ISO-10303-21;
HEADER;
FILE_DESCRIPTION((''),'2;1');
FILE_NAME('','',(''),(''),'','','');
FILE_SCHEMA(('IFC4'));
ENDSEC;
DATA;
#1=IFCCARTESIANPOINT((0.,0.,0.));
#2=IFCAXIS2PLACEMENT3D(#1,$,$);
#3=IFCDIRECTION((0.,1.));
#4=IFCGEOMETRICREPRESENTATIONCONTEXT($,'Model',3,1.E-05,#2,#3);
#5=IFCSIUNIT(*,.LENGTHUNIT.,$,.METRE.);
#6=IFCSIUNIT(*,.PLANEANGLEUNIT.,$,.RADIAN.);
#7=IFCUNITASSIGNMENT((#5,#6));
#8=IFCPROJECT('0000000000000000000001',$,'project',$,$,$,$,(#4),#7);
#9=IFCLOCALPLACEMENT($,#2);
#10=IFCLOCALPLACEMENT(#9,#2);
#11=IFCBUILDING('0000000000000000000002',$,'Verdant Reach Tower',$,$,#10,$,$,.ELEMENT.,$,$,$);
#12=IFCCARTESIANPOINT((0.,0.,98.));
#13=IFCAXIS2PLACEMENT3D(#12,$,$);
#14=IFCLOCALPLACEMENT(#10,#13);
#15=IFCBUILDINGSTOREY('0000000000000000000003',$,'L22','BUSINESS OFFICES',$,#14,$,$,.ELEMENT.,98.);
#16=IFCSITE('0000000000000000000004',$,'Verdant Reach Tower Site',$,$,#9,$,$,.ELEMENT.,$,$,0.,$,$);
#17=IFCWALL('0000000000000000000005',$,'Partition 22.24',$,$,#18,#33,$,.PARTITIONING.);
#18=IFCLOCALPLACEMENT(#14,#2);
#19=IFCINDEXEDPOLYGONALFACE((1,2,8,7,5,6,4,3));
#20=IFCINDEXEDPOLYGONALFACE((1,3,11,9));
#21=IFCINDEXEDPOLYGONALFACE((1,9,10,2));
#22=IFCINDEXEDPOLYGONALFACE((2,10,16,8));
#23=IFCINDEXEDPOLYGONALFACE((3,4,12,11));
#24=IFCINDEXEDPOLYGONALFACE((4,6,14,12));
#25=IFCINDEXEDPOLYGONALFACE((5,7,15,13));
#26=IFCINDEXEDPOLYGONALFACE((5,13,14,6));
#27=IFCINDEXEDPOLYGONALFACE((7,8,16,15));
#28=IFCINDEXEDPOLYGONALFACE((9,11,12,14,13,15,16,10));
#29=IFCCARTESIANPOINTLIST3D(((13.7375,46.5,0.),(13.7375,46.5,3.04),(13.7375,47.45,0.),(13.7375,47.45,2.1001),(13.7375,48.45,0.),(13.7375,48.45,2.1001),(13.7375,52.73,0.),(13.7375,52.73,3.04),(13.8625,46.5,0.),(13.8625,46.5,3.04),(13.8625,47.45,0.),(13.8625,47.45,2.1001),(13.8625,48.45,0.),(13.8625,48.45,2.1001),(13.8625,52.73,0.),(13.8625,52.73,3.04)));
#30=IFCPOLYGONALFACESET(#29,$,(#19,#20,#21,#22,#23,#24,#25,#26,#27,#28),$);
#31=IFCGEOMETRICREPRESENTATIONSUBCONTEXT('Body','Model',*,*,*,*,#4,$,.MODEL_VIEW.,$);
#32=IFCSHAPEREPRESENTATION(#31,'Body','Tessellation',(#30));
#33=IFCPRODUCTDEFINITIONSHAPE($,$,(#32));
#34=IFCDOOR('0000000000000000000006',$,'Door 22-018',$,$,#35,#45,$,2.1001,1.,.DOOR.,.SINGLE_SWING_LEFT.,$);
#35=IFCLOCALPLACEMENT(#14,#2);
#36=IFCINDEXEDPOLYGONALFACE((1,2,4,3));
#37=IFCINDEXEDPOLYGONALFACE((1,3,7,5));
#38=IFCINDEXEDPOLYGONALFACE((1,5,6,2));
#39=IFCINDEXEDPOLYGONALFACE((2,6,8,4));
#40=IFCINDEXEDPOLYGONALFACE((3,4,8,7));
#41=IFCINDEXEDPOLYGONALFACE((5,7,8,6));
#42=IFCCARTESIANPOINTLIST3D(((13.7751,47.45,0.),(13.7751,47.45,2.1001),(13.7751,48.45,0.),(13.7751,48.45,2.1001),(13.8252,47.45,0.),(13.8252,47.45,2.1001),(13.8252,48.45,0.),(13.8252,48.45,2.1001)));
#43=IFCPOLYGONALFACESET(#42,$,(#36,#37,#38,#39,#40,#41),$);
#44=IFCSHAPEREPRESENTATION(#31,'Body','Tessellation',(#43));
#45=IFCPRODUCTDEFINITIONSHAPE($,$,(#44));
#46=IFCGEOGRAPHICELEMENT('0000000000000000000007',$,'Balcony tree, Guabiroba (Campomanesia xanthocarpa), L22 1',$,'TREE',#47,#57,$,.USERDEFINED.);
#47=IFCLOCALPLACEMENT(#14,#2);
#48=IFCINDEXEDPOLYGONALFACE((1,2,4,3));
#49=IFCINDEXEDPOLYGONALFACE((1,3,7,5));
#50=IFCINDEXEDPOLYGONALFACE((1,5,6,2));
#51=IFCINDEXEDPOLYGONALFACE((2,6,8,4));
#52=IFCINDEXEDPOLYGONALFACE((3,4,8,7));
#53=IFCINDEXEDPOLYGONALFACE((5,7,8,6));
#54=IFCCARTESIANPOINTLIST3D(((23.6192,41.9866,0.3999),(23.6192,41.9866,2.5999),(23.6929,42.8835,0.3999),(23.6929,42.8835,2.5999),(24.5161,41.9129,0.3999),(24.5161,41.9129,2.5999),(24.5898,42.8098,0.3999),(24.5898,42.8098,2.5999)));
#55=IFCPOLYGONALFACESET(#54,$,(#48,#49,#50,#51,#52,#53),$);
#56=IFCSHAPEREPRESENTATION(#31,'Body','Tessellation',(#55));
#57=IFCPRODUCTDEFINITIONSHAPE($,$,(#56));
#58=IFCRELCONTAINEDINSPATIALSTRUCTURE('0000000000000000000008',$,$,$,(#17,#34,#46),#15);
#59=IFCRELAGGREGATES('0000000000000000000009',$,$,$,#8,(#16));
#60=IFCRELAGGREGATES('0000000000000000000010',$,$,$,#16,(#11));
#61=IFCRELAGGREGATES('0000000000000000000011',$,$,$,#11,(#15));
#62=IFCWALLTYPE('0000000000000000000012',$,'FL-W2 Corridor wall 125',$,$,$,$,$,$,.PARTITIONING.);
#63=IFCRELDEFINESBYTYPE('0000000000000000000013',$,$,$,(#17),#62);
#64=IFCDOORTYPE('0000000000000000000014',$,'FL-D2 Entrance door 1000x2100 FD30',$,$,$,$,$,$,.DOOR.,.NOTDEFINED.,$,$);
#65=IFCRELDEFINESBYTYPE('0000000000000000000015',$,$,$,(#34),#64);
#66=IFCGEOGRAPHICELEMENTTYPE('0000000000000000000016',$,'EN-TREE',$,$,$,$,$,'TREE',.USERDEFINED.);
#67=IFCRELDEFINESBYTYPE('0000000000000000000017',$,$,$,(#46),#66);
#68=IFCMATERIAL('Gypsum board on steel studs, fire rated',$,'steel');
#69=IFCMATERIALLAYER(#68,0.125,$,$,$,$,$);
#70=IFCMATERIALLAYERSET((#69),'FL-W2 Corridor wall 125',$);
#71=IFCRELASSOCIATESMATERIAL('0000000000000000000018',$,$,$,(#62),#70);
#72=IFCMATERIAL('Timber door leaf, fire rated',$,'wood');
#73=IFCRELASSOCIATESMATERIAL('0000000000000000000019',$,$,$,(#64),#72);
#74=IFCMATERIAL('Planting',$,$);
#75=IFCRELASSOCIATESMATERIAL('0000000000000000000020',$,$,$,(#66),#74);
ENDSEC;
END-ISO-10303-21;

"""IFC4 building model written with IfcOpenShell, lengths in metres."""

from ifc_helpers import new_model, si_unit, direction, frame, frame_2d, origin, origin_2d, place, context, subcontext, project, spatial, rectangle, extrude, material, layer, layer_set, type_object, element, fill, save


model = new_model("IFC4")

# Units and contexts
model_context = context("Model", 3, precision=1e-05, world=origin(), true_north=direction((0.0, 1.0)))
body_context = subcontext(model_context, "Body", "Model", "MODEL_VIEW")
ifc_project = project(units=[si_unit("LENGTHUNIT", "METRE"), si_unit("PLANEANGLEUNIT", "RADIAN")], contexts=[model_context])

# Site, building, storey
site_placement = place(None, origin())
site = spatial("IfcSite", under=ifc_project, at=site_placement, Name="Verdant Reach Tower Site", CompositionType="ELEMENT", RefElevation=0.0)
building_placement = place(site_placement, origin())
building = spatial("IfcBuilding", under=site, at=building_placement, Name="Verdant Reach Tower", CompositionType="ELEMENT")
storey_placement = place(building_placement, frame((0.0, 0.0, 98.0)))
storey = spatial("IfcBuildingStorey", under=building, at=storey_placement, Name="L22", Description="BUSINESS OFFICES", CompositionType="ELEMENT", Elevation=98.0)

# Wall, opening, door
ifc_material_1 = material(Name="Gypsum board on steel studs, fire rated", Category="steel")
ifc_layer_1 = layer(ifc_material_1, 0.125)
ifc_layer_set_1 = layer_set([ifc_layer_1], Name="FL-W2 Corridor wall 125")
wall_type_1 = type_object("IfcWallType", Name="FL-W2 Corridor wall 125", PredefinedType="PARTITIONING", material=ifc_layer_set_1)
ifc_material_2 = material(Name="Timber door leaf, fire rated", Category="wood")
door_type_1 = type_object("IfcDoorType", Name="FL-D2 Entrance door 1000x2100 FD30", OperationType="NOTDEFINED", PredefinedType="DOOR", material=ifc_material_2)
wall_1_placement = place(storey_placement, frame((13.8, 46.5, 0.0), z_axis=(0.0, 0.0, 1.0), x_axis=(0.0, 1.0, 0.0)))
wall_1 = element("IfcWall", 1, at=wall_1_placement, inside=storey, type_object=wall_type_1, Name="Partition 22.24", PredefinedType="PARTITIONING", context=body_context, shape_type="SweptSolid", body=[
    extrude(rectangle(XDim=6.23, YDim=0.125, at=frame_2d((3.115, 0.0))), origin(), (0.0, 0.0, 1.0), 3.04),
])
opening_1_placement = place(wall_1_placement, frame((0.95, 0.0, 0.0)))
opening_1 = element("IfcOpeningElement", 2, at=opening_1_placement, cuts=wall_1, PredefinedType="OPENING", context=body_context, shape_type="SweptSolid", body=[
    extrude(rectangle(XDim=1.0, YDim=2.1001, at=frame_2d((0.5, 1.05))), frame((0.0, 0.0725, 0.0), z_axis=(0.0, -1.0, 0.0), x_axis=(1.0, 0.0, 0.0)), (0.0, 0.0, 1.0), 0.145),
])
door_1_placement = place(opening_1_placement, origin())
door_1 = element("IfcDoor", 3, at=door_1_placement, inside=storey, type_object=door_type_1, Name="Door 22-018", OperationType="SINGLE_SWING_LEFT", OverallHeight=2.1001, OverallWidth=1.0, PredefinedType="DOOR", context=body_context, shape_type="SweptSolid", body=[
    extrude(rectangle(XDim=1.0, YDim=2.1001, at=frame_2d((0.5, 1.05))), frame((0.0, 0.0249, 0.0), z_axis=(0.0, -1.0, 0.0), x_axis=(1.0, 0.0, 0.0)), (0.0, 0.0, 1.0), 0.05),
])
fill(opening_1, door_1)

# Geographic element
ifc_material_3 = material(Name="Planting")
geographic_element_type = type_object("IfcGeographicElementType", Name="EN-TREE", ElementType="TREE", PredefinedType="USERDEFINED", material=ifc_material_3)
geographic_element_placement = place(storey_placement, frame((24.1045, 42.3982, 0.3999), z_axis=(0.0, 0.0, 1.0), x_axis=(0.081916, 0.996639, 0.0)))
element("IfcGeographicElement", 4, at=geographic_element_placement, inside=storey, type_object=geographic_element_type, Name="Balcony tree, Guabiroba (Campomanesia xanthocarpa), L22 1", ObjectType="TREE", PredefinedType="USERDEFINED", context=body_context, shape_type="SweptSolid", body=[
    extrude(rectangle(XDim=0.8999, YDim=0.8999, at=origin_2d()), origin(), (0.0, 0.0, 1.0), 2.2),
])

save(model, "model.ifc")
